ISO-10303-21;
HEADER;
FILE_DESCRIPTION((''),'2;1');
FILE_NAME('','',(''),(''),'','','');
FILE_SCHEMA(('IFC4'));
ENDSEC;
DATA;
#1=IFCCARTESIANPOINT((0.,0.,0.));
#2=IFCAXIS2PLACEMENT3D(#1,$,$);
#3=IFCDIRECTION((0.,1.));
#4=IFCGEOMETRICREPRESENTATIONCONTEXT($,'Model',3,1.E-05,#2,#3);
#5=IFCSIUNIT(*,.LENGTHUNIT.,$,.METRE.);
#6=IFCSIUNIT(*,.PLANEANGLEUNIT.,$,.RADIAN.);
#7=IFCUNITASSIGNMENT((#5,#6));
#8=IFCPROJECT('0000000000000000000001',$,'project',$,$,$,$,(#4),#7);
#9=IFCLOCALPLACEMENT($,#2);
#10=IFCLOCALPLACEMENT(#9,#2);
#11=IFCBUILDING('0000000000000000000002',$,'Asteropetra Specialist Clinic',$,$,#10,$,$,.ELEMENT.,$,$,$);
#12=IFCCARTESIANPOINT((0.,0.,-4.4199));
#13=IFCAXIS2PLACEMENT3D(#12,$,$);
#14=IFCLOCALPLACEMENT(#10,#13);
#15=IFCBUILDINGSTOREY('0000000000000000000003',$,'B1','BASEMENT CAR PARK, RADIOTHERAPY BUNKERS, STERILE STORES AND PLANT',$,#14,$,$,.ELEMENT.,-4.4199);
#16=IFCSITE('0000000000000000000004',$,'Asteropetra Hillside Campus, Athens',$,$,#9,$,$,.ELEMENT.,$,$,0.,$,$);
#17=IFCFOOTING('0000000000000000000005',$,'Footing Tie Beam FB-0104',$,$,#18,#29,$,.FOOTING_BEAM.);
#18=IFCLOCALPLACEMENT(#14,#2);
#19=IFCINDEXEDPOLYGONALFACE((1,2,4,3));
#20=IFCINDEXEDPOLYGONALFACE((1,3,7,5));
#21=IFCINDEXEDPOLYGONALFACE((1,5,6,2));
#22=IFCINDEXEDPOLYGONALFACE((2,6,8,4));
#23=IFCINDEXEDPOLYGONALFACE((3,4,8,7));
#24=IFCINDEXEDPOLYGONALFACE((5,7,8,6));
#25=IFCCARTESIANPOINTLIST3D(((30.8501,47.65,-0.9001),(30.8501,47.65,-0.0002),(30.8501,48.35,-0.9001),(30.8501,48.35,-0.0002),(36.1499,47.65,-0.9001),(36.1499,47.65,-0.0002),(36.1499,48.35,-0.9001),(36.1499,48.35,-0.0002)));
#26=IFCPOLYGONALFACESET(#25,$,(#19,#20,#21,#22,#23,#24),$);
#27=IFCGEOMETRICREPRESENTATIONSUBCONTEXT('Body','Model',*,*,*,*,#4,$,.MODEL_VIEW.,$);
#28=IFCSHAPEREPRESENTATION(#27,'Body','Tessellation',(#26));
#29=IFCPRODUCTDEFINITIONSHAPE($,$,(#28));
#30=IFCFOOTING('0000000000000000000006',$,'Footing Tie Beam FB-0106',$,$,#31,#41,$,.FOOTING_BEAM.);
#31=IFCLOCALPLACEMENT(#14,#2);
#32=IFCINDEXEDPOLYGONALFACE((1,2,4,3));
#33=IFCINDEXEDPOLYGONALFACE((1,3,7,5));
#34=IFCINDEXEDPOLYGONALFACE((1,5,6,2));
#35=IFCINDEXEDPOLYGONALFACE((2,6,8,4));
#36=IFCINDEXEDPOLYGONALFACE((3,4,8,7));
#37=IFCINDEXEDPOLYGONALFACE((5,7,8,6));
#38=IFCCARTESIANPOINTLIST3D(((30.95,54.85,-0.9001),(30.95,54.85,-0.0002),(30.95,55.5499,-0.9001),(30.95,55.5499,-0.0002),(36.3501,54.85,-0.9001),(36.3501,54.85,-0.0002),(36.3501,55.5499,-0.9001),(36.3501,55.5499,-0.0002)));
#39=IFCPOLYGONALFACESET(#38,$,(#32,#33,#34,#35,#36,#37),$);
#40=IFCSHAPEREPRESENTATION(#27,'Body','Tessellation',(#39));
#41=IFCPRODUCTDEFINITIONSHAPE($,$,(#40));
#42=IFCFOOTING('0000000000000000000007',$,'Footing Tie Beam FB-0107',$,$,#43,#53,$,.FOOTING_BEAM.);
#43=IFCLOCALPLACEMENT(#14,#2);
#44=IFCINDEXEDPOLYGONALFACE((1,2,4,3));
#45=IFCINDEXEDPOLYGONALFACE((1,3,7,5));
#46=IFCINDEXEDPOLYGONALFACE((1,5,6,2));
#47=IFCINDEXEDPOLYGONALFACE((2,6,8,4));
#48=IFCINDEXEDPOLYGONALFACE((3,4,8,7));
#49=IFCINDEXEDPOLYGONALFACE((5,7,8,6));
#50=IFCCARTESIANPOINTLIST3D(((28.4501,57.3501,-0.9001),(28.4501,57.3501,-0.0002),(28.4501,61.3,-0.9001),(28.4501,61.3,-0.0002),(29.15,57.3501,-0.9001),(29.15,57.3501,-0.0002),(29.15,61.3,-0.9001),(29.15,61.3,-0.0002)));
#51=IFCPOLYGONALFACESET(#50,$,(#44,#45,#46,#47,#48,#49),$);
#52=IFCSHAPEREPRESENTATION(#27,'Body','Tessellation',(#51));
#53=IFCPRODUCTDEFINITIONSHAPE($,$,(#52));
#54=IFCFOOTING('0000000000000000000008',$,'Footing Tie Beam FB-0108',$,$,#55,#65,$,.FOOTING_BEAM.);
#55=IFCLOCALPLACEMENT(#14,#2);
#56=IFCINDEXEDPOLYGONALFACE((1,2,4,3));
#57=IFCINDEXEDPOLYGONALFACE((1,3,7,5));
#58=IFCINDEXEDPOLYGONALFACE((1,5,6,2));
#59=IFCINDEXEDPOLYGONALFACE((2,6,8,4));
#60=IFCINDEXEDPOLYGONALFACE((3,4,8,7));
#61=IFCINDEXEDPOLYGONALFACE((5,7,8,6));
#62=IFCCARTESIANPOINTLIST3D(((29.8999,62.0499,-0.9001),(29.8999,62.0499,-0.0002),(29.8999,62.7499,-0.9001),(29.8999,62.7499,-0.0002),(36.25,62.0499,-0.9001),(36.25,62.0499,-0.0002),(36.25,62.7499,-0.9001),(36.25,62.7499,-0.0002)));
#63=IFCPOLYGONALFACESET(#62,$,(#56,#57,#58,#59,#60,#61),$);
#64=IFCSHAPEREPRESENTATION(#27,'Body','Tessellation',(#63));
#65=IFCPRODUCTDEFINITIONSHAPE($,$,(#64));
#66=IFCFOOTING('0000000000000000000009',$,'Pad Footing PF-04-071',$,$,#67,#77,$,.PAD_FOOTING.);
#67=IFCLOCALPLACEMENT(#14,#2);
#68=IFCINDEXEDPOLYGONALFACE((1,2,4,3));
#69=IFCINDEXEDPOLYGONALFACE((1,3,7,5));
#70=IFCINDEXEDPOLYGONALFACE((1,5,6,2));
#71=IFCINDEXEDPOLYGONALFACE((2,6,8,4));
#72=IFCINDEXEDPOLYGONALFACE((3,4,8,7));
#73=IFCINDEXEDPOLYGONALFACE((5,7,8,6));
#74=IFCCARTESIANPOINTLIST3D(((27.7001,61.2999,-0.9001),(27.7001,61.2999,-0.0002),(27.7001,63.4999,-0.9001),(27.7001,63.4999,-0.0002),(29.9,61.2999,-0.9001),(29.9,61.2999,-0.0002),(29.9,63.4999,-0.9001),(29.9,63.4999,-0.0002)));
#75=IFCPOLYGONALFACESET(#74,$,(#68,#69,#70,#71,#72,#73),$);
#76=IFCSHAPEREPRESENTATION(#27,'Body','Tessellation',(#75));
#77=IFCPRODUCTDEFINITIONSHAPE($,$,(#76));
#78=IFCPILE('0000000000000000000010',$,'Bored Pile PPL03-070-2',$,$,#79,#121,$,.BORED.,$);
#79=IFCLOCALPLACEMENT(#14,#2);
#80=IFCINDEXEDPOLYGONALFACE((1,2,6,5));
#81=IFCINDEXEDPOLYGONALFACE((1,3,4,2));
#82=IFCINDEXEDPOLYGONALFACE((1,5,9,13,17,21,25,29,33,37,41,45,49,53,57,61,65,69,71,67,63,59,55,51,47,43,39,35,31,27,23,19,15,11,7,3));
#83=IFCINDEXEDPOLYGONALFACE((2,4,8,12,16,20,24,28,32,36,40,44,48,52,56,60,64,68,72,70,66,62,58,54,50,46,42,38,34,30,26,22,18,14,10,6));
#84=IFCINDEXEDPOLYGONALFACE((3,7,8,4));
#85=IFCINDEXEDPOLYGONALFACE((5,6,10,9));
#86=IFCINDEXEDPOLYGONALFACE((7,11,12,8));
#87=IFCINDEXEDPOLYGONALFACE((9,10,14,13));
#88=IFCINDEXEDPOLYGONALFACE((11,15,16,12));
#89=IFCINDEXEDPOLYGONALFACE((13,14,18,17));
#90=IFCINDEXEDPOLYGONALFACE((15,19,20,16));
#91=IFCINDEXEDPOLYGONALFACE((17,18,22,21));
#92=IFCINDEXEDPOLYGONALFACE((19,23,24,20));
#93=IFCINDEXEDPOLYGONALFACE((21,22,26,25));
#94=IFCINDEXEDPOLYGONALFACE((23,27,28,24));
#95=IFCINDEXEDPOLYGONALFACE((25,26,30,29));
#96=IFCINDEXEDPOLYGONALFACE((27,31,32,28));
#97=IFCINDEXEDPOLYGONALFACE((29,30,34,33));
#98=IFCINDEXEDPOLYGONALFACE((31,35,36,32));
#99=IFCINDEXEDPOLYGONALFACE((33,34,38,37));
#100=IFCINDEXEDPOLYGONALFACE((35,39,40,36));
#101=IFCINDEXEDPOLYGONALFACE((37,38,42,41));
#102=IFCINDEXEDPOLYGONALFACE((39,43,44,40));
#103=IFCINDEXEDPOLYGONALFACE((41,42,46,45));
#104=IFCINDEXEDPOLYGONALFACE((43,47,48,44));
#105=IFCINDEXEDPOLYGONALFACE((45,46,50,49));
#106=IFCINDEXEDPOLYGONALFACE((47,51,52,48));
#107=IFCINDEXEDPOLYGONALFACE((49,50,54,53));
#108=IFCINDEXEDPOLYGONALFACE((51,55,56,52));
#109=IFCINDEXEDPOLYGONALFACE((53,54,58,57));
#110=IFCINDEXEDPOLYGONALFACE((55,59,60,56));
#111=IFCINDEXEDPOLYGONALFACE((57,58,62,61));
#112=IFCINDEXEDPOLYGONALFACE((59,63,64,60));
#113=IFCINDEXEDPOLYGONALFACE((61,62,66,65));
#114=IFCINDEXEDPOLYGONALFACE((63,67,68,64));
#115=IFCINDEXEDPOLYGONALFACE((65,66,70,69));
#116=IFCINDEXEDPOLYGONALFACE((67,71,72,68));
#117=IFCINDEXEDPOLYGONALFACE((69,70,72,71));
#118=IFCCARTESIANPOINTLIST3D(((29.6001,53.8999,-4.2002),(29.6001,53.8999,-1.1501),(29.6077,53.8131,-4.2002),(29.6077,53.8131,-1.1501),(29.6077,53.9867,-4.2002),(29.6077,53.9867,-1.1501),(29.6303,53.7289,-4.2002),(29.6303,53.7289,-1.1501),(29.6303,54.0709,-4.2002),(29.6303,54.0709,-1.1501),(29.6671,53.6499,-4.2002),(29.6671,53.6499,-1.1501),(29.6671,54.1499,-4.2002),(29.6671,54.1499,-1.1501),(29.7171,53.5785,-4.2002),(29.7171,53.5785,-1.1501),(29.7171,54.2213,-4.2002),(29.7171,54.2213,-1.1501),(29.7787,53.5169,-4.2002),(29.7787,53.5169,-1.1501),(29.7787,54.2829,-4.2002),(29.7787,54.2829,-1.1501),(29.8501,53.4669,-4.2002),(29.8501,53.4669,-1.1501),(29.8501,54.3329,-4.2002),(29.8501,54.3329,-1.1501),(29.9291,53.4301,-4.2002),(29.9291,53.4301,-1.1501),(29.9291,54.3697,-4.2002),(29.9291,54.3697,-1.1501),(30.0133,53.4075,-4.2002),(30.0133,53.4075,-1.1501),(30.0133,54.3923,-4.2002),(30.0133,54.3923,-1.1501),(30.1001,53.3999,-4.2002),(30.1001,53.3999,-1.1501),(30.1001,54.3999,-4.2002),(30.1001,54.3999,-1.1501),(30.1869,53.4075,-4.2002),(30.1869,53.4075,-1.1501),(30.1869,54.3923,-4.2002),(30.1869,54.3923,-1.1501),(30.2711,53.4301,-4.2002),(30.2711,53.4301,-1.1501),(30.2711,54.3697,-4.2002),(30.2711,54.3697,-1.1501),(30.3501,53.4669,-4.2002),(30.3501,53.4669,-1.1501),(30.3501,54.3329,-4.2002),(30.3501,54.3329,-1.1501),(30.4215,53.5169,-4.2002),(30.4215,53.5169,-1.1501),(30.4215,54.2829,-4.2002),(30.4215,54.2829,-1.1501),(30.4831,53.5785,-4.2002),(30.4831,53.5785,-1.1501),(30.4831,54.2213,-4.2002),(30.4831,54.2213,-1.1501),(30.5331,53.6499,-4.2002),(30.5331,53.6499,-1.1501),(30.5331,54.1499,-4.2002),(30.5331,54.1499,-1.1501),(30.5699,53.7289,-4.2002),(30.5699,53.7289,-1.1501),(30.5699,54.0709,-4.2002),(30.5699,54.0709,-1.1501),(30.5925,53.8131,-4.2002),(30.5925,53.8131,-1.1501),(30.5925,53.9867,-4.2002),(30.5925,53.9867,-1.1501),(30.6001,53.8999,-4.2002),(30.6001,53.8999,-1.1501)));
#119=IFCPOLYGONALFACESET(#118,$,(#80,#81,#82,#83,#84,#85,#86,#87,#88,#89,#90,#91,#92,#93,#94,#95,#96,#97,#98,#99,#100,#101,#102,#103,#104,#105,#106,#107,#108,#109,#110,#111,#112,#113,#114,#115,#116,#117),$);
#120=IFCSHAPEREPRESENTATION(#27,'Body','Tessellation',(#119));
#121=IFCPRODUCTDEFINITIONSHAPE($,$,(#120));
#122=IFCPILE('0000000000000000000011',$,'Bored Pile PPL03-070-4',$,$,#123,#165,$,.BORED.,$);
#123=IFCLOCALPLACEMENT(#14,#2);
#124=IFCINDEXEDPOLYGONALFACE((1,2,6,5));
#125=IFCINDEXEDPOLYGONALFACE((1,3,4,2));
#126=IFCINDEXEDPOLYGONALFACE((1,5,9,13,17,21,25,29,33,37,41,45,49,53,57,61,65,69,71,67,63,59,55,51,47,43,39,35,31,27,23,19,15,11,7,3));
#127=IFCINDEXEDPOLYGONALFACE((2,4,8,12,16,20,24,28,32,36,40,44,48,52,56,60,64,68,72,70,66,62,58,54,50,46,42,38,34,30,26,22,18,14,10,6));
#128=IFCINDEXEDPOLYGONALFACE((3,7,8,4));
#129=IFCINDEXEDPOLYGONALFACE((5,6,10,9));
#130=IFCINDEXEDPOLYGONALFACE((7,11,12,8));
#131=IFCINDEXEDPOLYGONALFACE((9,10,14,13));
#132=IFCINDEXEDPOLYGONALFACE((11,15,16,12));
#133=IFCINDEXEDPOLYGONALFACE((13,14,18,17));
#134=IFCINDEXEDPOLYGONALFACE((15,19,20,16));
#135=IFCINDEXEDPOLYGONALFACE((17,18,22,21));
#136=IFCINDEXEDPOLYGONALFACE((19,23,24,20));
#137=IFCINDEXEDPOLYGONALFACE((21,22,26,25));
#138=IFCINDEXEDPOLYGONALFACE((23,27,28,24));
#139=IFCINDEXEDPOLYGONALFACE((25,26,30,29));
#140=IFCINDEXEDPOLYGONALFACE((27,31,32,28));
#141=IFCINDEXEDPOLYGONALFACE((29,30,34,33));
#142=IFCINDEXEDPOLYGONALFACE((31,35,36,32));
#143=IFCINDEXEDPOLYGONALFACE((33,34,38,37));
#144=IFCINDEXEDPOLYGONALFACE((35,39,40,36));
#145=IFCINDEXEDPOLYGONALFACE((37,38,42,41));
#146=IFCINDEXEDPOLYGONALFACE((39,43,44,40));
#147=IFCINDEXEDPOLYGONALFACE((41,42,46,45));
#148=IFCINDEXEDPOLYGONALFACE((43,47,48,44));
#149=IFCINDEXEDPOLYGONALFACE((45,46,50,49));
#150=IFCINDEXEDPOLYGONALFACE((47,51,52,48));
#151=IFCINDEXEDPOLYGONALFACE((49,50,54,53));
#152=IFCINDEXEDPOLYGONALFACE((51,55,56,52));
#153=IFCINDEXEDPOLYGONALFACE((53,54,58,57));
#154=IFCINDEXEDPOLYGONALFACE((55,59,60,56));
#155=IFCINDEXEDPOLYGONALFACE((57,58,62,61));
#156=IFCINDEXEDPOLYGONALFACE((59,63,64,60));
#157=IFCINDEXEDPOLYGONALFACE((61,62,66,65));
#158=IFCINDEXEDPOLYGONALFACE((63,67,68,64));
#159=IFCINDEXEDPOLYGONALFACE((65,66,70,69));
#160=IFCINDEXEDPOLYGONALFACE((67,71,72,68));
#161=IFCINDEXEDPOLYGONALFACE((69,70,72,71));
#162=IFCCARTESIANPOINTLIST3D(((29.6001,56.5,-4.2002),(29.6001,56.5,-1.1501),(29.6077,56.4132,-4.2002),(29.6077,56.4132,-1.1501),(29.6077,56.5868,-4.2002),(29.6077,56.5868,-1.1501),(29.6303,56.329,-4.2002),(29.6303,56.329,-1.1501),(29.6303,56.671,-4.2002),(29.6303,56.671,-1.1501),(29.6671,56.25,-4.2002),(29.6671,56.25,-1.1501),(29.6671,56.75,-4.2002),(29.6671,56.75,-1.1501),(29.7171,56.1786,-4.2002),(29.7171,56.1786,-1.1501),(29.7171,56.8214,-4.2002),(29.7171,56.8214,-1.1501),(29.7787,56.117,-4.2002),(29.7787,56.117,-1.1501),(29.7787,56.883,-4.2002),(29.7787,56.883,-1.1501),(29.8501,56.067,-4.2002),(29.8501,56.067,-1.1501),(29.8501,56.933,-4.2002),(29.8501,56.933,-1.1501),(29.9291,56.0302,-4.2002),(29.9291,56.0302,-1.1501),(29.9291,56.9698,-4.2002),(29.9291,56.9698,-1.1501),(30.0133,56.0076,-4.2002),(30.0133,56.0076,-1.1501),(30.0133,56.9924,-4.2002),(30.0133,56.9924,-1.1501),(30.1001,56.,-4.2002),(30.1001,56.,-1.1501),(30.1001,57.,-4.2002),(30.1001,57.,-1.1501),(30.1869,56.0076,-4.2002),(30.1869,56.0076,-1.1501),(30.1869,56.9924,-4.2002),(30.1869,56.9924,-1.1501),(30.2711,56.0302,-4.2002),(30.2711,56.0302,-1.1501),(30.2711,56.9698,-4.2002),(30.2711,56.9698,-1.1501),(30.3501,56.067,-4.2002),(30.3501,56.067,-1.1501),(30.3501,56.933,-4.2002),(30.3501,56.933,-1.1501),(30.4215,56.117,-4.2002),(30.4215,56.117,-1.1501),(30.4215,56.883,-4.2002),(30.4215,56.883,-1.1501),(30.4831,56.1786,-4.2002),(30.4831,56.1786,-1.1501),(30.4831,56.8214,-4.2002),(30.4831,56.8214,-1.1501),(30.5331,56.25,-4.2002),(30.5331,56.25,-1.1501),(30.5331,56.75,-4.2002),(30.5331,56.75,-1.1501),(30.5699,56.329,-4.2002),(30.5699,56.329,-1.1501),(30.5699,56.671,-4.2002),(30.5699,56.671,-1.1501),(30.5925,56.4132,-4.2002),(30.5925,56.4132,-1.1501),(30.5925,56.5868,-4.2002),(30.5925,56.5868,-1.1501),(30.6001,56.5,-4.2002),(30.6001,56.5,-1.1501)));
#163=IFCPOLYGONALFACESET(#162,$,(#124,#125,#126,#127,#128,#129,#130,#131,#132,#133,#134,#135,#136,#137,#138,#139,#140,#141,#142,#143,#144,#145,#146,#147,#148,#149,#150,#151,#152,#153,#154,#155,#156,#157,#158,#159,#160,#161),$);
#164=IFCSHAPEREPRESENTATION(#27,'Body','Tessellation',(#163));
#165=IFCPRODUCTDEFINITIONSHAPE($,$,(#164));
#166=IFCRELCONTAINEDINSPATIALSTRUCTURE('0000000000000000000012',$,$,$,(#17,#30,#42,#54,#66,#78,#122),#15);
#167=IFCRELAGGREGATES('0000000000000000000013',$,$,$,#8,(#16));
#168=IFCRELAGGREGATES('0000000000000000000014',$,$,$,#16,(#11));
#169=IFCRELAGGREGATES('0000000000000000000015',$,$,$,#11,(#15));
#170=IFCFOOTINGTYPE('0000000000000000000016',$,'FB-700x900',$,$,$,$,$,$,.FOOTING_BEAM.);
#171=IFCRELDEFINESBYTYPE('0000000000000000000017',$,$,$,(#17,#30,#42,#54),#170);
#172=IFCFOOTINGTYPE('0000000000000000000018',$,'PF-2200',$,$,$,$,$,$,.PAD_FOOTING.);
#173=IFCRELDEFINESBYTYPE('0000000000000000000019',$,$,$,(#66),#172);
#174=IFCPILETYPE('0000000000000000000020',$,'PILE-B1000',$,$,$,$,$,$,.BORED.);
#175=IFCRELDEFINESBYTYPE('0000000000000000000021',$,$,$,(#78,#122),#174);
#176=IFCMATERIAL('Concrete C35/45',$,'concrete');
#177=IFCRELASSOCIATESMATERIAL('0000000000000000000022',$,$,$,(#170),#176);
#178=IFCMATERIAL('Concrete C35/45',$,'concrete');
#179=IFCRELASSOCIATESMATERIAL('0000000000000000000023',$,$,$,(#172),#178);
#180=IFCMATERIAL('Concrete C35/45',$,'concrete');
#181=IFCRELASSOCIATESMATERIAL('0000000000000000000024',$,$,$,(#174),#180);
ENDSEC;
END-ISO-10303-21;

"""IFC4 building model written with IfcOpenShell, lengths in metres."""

from ifc_helpers import new_model, si_unit, direction, frame, origin, origin_2d, place, context, subcontext, project, spatial, rectangle, circle, extrude, material, material_profile, profile_set, type_object, element, save


model = new_model("IFC4")

# Units and contexts
model_context = context("Model", 3, precision=1e-05, world=origin(), true_north=direction((0.0, 1.0)))
body_context = subcontext(model_context, "Body", "Model", "MODEL_VIEW")
ifc_project = project(units=[si_unit("LENGTHUNIT", "METRE"), si_unit("PLANEANGLEUNIT", "RADIAN")], contexts=[model_context])

# Site, building, storey
site_placement = place(None, origin())
site = spatial("IfcSite", under=ifc_project, at=site_placement, Name="Asteropetra Hillside Campus, Athens", CompositionType="ELEMENT", RefElevation=0.0)
building_placement = place(site_placement, origin())
building = spatial("IfcBuilding", under=site, at=building_placement, Name="Asteropetra Specialist Clinic", CompositionType="ELEMENT")
storey_placement = place(building_placement, frame((0.0, 0.0, -4.4199)))
storey = spatial("IfcBuildingStorey", under=building, at=storey_placement, Name="B1", Description="BASEMENT CAR PARK, RADIOTHERAPY BUNKERS, STERILE STORES AND PLANT", CompositionType="ELEMENT", Elevation=-4.4199)

# Footings
ifc_material_1 = material(Name="Concrete C35/45", Category="concrete")
ifc_material_profile_1 = material_profile(ifc_material_1, rectangle(XDim=0.7, YDim=0.8999, at=origin_2d()), Name="FB 700x900")
ifc_profile_set_1 = profile_set([ifc_material_profile_1], Name="Concrete C35/45")
footing_type_1 = type_object("IfcFootingType", Name="FB-700x900", PredefinedType="FOOTING_BEAM", material=ifc_profile_set_1)
footing_1_placement = place(storey_placement, frame((30.8501, 48.0, -0.4502), z_axis=(1.0, 0.0, 0.0), x_axis=(0.0, 1.0, 0.0)))
element("IfcFooting", 1, at=footing_1_placement, inside=storey, type_object=footing_type_1, Name="Footing Tie Beam FB-0104", PredefinedType="FOOTING_BEAM", context=body_context, shape_type="SweptSolid", body=[
    extrude(rectangle(XDim=0.7, YDim=0.8999, at=origin_2d()), origin(), (0.0, 0.0, 1.0), 5.2998),
])
footing_2_placement = place(storey_placement, frame((30.95, 55.2, -0.4502), z_axis=(1.0, 0.0, 0.0), x_axis=(0.0, 1.0, 0.0)))
element("IfcFooting", 2, at=footing_2_placement, inside=storey, type_object=footing_type_1, Name="Footing Tie Beam FB-0106", PredefinedType="FOOTING_BEAM", context=body_context, shape_type="SweptSolid", body=[
    extrude(rectangle(XDim=0.7, YDim=0.8999, at=origin_2d()), origin(), (0.0, 0.0, 1.0), 5.4001),
])
footing_3_placement = place(storey_placement, frame((28.8, 57.3501, -0.4502), z_axis=(0.0, 1.0, 0.0), x_axis=(-1.0, 0.0, 0.0)))
element("IfcFooting", 3, at=footing_3_placement, inside=storey, type_object=footing_type_1, Name="Footing Tie Beam FB-0107", PredefinedType="FOOTING_BEAM", context=body_context, shape_type="SweptSolid", body=[
    extrude(rectangle(XDim=0.7, YDim=0.8999, at=origin_2d()), origin(), (0.0, 0.0, 1.0), 3.95),
])
footing_4_placement = place(storey_placement, frame((29.8999, 62.3999, -0.4502), z_axis=(1.0, 0.0, 0.0), x_axis=(0.0, 1.0, 0.0)))
element("IfcFooting", 4, at=footing_4_placement, inside=storey, type_object=footing_type_1, Name="Footing Tie Beam FB-0108", PredefinedType="FOOTING_BEAM", context=body_context, shape_type="SweptSolid", body=[
    extrude(rectangle(XDim=0.7, YDim=0.8999, at=origin_2d()), origin(), (0.0, 0.0, 1.0), 6.3501),
])
ifc_material_2 = material(Name="Concrete C35/45", Category="concrete")
footing_type_2 = type_object("IfcFootingType", Name="PF-2200", PredefinedType="PAD_FOOTING", material=ifc_material_2)
footing_5_placement = place(storey_placement, frame((28.8, 62.3999, -0.9001), z_axis=(0.0, 0.0, 1.0), x_axis=(1.0, 0.0, 0.0)))
element("IfcFooting", 5, at=footing_5_placement, inside=storey, type_object=footing_type_2, Name="Pad Footing PF-04-071", PredefinedType="PAD_FOOTING", context=body_context, shape_type="SweptSolid", body=[
    extrude(rectangle(XDim=2.2, YDim=2.2, at=origin_2d()), origin(), (0.0, 0.0, 1.0), 0.8999),
])

# Piles
ifc_material_3 = material(Name="Concrete C35/45", Category="concrete")
ifc_material_profile_2 = material_profile(ifc_material_3, circle(Radius=0.5, at=origin_2d()), Name="PILE D1000")
ifc_profile_set_2 = profile_set([ifc_material_profile_2], Name="Concrete C35/45")
pile_type_1 = type_object("IfcPileType", Name="PILE-B1000", PredefinedType="BORED", material=ifc_profile_set_2)
for number, where, z_axis, x_axis, name in (
    (6, (30.1001, 53.8999, -1.1501), (0.0, 0.0, -1.0), (1.0, 0.0, 0.0), "Bored Pile PPL03-070-2"),
    (7, (30.1001, 56.5, -1.1501), (0.0, 0.0, -1.0), (1.0, 0.0, 0.0), "Bored Pile PPL03-070-4"),
):
    element("IfcPile", number, at=place(storey_placement, frame(where, z_axis=z_axis, x_axis=x_axis)), inside=storey, type_object=pile_type_1, Name=name, PredefinedType="BORED", context=body_context, shape_type="SweptSolid", body=[
        extrude(circle(Radius=0.5, at=origin_2d()), origin(), (0.0, 0.0, 1.0), 3.05),
    ])

save(model, "model.ifc")
